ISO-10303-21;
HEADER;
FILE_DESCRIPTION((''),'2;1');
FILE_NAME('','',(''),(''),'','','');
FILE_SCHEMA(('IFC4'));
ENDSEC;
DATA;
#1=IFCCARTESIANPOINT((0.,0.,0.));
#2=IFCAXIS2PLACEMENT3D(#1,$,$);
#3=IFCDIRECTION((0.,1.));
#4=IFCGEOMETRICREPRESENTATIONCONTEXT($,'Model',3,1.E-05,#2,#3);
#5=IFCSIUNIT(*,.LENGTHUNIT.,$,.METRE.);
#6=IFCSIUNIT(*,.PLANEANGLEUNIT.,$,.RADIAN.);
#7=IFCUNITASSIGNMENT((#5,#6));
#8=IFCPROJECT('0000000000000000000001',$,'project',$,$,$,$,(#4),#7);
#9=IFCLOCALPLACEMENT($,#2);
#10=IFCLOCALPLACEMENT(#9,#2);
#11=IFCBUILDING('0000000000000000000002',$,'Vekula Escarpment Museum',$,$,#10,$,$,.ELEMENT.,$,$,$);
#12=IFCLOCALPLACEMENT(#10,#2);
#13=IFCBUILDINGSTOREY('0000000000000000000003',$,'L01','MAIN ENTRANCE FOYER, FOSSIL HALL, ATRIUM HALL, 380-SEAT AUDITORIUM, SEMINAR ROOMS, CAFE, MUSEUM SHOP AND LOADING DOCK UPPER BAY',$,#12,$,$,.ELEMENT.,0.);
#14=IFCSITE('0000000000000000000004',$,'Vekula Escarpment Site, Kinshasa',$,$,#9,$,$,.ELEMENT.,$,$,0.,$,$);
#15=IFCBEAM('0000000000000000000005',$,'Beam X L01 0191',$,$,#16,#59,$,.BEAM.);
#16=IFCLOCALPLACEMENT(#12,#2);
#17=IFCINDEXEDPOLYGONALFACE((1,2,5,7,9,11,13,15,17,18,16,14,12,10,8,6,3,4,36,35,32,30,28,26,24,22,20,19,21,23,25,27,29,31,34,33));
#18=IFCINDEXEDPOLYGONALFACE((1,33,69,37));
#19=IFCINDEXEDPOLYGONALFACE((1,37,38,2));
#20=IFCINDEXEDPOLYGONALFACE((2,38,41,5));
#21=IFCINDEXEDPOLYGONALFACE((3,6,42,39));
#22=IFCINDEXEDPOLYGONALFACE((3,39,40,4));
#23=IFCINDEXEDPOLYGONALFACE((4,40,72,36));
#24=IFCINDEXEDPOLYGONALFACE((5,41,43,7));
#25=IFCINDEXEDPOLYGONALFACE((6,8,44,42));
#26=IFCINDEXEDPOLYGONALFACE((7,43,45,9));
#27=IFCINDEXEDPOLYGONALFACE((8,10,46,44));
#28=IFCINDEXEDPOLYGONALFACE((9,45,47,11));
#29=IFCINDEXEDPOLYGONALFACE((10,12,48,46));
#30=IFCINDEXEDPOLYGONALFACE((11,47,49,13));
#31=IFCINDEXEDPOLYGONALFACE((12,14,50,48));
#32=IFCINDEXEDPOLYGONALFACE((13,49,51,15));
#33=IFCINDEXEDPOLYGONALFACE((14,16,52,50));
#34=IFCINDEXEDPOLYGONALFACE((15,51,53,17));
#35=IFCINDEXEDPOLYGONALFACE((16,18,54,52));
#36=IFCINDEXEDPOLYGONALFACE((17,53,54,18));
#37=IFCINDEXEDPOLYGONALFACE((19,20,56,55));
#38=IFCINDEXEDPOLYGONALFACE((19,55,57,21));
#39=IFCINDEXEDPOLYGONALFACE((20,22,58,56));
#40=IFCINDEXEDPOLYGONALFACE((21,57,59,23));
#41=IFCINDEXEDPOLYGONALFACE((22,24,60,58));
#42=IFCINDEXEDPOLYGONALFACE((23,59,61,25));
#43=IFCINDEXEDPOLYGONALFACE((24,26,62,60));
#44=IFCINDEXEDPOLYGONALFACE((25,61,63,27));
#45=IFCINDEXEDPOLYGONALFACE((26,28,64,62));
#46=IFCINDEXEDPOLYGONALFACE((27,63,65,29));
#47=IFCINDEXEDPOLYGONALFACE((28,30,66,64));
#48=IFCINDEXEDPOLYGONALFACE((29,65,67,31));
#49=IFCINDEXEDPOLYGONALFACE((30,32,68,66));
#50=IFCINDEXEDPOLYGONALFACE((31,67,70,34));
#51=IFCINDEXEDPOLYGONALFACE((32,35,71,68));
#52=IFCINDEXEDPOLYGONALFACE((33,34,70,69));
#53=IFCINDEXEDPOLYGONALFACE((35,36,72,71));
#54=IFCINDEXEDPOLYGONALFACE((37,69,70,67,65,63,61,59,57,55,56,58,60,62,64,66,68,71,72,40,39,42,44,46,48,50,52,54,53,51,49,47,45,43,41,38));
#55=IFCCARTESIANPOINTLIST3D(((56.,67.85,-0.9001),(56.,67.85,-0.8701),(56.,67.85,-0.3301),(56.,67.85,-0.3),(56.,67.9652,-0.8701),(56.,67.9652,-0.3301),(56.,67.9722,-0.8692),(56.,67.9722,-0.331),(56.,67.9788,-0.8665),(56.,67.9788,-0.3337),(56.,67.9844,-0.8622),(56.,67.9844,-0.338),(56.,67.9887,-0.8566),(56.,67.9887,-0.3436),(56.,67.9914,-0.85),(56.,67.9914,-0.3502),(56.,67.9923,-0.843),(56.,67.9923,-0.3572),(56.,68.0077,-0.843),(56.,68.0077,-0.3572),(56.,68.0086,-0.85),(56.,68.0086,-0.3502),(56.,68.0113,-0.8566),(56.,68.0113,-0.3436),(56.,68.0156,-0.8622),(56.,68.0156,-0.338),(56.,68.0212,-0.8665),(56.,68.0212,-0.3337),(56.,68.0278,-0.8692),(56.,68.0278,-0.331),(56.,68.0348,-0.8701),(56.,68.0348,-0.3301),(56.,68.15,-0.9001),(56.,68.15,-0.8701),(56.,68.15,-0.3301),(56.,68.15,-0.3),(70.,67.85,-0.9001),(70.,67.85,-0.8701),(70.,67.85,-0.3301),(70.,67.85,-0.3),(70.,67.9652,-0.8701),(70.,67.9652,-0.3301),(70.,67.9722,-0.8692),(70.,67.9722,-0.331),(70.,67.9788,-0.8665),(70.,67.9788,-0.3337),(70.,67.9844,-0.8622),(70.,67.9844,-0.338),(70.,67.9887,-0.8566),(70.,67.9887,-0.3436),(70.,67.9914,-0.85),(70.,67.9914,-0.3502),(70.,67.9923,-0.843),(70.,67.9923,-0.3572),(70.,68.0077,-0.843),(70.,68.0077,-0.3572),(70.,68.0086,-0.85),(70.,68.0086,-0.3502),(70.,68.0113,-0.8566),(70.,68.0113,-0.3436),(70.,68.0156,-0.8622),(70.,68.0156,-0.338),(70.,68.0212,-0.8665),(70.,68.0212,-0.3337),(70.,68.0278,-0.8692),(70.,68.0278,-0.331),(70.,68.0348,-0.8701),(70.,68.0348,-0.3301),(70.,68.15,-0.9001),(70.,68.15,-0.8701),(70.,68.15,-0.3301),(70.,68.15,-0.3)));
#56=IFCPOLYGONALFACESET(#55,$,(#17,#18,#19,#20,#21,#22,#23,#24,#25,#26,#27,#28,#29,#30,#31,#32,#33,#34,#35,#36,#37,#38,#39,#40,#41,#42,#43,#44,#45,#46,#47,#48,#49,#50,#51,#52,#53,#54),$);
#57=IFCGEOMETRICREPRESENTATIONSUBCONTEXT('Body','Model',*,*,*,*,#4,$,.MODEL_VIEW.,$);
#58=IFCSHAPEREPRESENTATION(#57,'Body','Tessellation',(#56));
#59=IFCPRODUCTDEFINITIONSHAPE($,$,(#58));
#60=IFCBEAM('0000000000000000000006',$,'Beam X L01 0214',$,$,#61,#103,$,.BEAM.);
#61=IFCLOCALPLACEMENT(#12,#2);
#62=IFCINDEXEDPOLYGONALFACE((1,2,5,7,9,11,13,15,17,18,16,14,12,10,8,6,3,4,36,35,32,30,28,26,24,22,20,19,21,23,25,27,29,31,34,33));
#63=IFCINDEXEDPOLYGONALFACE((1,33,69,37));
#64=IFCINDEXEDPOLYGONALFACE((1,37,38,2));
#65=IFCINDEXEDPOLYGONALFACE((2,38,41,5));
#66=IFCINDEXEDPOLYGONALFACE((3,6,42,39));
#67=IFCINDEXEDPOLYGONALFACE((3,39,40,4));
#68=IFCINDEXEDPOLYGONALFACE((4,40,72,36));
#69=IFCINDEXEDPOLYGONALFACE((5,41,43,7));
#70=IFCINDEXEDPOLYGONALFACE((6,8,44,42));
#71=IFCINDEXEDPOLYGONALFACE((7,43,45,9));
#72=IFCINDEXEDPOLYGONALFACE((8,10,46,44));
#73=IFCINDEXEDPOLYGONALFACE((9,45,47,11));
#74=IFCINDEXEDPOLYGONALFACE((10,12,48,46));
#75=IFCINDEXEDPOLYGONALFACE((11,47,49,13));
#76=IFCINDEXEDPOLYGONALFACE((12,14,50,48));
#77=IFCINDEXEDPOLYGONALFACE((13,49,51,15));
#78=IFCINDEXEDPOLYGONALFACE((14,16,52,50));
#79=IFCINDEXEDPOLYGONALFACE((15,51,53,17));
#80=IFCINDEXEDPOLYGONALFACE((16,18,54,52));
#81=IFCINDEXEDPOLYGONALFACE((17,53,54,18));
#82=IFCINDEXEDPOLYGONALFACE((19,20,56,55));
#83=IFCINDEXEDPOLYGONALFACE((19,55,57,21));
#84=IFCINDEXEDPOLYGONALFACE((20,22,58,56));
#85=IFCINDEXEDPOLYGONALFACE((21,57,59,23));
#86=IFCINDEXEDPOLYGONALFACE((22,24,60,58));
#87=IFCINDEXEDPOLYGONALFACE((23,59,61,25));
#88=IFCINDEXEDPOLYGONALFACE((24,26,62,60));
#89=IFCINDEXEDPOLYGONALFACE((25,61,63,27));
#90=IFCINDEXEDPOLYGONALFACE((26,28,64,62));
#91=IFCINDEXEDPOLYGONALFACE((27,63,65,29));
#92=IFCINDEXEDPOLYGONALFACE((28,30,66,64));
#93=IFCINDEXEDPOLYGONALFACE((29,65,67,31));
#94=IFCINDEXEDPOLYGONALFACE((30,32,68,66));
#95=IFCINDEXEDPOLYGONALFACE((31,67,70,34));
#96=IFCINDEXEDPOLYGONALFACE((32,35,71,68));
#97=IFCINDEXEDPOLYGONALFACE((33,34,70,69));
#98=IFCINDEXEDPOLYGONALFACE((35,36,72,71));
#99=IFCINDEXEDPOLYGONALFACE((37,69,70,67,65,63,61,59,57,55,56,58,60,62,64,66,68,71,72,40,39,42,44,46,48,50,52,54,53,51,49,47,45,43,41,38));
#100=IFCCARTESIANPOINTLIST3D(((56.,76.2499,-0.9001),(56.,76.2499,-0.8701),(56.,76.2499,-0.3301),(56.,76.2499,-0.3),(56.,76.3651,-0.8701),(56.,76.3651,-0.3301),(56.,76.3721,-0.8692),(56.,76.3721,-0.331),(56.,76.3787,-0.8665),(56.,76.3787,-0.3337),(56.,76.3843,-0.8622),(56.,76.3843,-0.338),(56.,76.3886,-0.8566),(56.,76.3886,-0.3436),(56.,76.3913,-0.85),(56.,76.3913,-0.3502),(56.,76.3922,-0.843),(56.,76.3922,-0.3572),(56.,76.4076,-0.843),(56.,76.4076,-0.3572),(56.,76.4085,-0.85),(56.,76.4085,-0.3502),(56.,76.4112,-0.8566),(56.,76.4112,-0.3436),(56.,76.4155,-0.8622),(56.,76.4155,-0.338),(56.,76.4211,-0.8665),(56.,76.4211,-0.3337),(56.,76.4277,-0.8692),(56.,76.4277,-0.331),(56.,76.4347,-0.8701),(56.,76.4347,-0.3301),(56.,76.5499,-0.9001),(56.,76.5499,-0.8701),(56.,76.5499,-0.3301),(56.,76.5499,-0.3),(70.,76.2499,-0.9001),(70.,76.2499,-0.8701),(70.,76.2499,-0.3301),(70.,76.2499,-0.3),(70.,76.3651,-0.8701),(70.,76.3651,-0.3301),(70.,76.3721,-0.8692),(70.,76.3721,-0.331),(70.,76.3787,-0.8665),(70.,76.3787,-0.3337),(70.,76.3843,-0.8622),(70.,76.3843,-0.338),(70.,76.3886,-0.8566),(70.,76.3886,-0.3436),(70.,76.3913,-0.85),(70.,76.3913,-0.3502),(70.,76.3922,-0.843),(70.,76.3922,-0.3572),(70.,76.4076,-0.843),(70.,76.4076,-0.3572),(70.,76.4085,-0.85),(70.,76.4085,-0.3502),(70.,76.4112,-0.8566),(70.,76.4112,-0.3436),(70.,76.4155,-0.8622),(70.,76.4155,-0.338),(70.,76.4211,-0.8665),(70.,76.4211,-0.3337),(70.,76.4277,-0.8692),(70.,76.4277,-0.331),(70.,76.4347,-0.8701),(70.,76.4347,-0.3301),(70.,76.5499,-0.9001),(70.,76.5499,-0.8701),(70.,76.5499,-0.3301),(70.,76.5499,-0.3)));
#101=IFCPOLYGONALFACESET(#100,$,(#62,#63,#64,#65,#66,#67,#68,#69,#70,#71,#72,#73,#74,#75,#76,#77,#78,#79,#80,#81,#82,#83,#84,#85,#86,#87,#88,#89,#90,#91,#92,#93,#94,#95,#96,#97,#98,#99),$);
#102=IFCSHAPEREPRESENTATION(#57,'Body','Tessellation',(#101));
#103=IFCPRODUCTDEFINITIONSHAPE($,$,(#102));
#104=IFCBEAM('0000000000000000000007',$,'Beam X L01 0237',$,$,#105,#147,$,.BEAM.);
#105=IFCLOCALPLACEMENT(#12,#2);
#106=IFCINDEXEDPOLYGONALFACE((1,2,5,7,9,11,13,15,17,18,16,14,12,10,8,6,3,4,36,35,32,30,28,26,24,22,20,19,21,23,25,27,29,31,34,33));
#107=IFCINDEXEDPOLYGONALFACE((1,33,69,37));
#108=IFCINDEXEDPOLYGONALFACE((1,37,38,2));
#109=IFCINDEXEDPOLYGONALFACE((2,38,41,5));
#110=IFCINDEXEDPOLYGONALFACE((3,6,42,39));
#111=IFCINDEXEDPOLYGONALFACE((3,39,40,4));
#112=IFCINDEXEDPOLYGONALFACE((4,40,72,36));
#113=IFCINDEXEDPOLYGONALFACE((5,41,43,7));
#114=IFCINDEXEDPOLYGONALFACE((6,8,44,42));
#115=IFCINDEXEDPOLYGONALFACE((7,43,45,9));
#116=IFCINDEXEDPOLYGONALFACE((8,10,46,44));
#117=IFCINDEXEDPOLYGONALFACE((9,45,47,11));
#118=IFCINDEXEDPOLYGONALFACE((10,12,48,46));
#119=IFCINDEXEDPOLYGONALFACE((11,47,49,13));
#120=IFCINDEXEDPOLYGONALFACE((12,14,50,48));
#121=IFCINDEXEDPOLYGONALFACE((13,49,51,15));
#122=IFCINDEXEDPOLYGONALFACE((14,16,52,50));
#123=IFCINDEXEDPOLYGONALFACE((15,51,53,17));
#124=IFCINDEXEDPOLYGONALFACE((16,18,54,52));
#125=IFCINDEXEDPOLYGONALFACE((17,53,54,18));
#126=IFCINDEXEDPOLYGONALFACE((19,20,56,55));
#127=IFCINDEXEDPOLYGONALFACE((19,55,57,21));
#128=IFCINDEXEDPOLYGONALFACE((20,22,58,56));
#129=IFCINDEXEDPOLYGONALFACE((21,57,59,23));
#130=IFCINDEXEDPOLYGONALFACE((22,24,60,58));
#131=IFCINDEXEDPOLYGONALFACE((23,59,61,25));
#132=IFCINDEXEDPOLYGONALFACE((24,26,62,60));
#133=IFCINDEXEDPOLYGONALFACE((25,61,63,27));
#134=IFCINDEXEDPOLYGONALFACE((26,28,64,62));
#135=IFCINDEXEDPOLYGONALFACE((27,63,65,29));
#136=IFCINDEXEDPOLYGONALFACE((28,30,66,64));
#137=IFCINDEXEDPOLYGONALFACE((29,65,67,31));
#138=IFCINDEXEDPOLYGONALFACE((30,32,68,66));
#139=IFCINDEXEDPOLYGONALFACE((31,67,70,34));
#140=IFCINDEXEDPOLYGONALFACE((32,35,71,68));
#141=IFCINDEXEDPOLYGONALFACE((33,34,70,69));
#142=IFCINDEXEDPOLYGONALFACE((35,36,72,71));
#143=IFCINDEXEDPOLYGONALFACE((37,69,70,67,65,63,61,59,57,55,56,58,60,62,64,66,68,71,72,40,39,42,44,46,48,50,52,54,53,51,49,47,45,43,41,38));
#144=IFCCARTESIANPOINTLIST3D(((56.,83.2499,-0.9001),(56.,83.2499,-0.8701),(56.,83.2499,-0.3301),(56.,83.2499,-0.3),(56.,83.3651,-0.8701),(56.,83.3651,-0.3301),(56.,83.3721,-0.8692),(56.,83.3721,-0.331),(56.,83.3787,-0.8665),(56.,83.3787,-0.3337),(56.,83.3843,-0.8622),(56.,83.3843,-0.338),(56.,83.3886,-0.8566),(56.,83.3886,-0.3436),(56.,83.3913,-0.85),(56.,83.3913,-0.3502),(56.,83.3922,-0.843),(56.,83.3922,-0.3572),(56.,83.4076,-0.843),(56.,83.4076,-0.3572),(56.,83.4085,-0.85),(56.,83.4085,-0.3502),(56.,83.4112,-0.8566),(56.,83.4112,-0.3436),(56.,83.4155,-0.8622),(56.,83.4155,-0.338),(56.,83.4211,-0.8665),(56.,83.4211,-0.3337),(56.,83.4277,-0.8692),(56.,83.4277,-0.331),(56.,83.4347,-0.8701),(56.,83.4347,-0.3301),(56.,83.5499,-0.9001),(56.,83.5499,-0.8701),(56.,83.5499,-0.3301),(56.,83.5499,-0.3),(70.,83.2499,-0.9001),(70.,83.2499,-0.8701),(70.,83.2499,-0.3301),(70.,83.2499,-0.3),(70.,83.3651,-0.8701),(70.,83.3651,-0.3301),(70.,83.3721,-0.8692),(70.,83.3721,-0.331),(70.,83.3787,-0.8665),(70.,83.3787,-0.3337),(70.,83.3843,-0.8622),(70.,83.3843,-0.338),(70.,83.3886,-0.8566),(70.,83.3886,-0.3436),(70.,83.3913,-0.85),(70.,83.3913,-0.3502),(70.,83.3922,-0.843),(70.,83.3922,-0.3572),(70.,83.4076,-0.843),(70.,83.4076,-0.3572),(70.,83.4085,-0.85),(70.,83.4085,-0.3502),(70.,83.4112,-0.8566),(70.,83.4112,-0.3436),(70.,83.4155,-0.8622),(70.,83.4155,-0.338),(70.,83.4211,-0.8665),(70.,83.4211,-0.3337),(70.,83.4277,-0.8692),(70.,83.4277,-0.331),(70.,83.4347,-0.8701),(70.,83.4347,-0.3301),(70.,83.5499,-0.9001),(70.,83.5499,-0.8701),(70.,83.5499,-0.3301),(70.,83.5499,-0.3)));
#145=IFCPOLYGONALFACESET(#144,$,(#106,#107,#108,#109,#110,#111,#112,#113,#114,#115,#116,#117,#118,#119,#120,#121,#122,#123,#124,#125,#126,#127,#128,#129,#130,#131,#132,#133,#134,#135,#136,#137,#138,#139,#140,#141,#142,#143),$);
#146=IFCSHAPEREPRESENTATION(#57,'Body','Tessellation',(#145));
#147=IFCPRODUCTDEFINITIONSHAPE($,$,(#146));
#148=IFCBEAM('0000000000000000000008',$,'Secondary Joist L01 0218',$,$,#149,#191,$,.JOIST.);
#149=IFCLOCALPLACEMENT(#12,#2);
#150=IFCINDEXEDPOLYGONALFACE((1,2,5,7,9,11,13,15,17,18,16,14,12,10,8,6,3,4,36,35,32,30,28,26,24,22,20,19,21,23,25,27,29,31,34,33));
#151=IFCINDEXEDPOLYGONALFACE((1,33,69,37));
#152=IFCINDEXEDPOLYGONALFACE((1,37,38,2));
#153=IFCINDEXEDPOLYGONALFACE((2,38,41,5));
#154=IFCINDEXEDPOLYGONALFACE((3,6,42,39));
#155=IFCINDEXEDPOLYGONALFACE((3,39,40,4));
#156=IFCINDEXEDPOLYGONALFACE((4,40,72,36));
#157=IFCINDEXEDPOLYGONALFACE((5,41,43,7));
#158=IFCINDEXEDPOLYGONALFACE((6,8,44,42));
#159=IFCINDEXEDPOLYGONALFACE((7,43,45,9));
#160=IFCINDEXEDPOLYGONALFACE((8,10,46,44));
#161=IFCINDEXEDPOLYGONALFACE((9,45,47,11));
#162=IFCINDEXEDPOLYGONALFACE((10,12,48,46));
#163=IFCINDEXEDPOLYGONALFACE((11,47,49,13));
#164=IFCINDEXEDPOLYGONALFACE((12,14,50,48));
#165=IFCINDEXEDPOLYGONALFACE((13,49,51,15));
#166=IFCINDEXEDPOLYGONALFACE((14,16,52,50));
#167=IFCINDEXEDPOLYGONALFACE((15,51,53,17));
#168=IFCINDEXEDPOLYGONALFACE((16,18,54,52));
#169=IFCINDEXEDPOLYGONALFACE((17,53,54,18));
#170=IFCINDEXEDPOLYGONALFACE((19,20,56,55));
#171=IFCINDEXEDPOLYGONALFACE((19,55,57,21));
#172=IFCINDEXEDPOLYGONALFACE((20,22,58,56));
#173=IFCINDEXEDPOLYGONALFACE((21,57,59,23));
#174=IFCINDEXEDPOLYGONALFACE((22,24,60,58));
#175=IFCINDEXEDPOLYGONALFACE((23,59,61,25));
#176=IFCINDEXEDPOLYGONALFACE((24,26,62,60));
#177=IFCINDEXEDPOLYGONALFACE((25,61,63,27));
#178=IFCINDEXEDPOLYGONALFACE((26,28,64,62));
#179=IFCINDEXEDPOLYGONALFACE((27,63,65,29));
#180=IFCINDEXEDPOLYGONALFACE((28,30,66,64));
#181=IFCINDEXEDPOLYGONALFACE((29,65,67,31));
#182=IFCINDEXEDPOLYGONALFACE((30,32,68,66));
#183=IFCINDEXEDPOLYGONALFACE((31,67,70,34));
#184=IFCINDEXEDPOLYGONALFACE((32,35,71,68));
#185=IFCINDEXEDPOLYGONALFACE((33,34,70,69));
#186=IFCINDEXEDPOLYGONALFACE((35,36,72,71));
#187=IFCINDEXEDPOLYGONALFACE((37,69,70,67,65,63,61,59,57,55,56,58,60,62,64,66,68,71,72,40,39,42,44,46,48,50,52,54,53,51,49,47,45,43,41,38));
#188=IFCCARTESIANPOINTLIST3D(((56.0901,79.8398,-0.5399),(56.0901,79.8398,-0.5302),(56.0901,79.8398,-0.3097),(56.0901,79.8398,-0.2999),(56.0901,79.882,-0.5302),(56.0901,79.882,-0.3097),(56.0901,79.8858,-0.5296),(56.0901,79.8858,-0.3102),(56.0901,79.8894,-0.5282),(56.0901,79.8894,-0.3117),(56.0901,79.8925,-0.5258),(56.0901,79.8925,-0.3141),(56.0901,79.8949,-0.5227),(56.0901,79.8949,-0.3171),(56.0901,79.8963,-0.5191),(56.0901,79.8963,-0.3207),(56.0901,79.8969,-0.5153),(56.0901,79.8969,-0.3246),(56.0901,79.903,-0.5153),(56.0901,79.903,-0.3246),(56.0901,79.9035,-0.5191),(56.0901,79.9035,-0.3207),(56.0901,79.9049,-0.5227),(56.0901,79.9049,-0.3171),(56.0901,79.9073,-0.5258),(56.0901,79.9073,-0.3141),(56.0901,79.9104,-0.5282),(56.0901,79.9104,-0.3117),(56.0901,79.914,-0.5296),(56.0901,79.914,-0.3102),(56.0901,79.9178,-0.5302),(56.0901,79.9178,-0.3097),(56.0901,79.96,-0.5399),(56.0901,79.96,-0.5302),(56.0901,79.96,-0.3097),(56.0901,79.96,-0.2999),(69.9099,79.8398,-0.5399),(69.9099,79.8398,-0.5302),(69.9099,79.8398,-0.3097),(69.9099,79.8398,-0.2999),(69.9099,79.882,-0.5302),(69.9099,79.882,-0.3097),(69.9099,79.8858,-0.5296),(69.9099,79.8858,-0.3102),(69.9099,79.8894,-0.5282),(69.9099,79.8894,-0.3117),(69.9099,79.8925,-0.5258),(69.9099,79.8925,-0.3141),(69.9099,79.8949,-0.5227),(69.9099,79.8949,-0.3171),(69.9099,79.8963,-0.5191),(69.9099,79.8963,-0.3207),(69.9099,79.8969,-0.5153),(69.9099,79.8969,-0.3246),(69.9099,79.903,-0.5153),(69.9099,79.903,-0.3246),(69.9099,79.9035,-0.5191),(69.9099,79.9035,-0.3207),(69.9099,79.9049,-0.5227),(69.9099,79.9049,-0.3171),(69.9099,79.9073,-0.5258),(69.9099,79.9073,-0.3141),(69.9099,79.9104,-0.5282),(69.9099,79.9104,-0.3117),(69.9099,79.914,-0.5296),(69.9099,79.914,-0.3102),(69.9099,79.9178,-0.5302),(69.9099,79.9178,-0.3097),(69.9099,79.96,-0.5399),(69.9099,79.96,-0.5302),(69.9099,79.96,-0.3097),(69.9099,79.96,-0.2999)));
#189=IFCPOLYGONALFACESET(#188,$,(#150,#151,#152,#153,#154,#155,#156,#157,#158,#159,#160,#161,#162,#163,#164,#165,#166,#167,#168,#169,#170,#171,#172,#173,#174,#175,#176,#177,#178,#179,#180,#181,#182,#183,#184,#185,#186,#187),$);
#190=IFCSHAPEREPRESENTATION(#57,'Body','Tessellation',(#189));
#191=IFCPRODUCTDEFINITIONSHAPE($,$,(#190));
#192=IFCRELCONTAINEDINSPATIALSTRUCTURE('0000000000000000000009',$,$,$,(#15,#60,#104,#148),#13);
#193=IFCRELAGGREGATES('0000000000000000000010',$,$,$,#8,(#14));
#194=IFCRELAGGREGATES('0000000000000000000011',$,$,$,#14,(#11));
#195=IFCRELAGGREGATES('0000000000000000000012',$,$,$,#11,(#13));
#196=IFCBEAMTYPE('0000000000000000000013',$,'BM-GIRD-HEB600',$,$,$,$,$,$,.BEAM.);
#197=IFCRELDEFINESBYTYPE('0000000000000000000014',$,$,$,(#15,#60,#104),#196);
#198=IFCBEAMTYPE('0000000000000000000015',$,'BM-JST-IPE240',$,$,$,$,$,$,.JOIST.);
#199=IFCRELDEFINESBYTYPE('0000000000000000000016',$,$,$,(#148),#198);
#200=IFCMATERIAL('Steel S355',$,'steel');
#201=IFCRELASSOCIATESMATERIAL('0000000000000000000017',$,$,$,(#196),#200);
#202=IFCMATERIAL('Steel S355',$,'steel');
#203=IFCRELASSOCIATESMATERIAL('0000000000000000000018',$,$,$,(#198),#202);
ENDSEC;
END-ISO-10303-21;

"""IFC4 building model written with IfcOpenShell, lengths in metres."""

from ifc_helpers import new_model, si_unit, direction, frame, origin, origin_2d, place, context, subcontext, project, spatial, i_section, extrude, material, material_profile, profile_set, type_object, element, save


model = new_model("IFC4")

# Units and contexts
model_context = context("Model", 3, precision=1e-05, world=origin(), true_north=direction((0.0, 1.0)))
body_context = subcontext(model_context, "Body", "Model", "MODEL_VIEW")
ifc_project = project(units=[si_unit("LENGTHUNIT", "METRE"), si_unit("PLANEANGLEUNIT", "RADIAN")], contexts=[model_context])

# Site, building, storey
site_placement = place(None, origin())
site = spatial("IfcSite", under=ifc_project, at=site_placement, Name="Vekula Escarpment Site, Kinshasa", CompositionType="ELEMENT", RefElevation=0.0)
building_placement = place(site_placement, origin())
building = spatial("IfcBuilding", under=site, at=building_placement, Name="Vekula Escarpment Museum", CompositionType="ELEMENT")
storey_placement = place(building_placement, origin())
storey = spatial("IfcBuildingStorey", under=building, at=storey_placement, Name="L01", Description="MAIN ENTRANCE FOYER, FOSSIL HALL, ATRIUM HALL, 380-SEAT AUDITORIUM, SEMINAR ROOMS, CAFE, MUSEUM SHOP AND LOADING DOCK UPPER BAY", CompositionType="ELEMENT", Elevation=0.0)

# Beams
ifc_material_1 = material(Name="Steel S355", Category="steel")
ifc_material_profile_1 = material_profile(ifc_material_1, i_section(OverallWidth=0.3, OverallDepth=0.6001, WebThickness=0.0154, FlangeThickness=0.03, FilletRadius=0.0271, at=origin_2d()), Name="HEB 600")
ifc_profile_set_1 = profile_set([ifc_material_profile_1], Name="Steel S355")
beam_type_1 = type_object("IfcBeamType", Name="BM-GIRD-HEB600", PredefinedType="BEAM", material=ifc_profile_set_1)
for number, where, z_axis, x_axis, name in (
    (1, (56.0, 68.0, -0.6001), (1.0, 0.0, 0.0), (0.0, 1.0, 0.0), "Beam X L01 0191"),
    (2, (56.0, 76.3999, -0.6001), (1.0, 0.0, 0.0), (0.0, 1.0, 0.0), "Beam X L01 0214"),
    (3, (56.0, 83.3999, -0.6001), (1.0, 0.0, 0.0), (0.0, 1.0, 0.0), "Beam X L01 0237"),
):
    element("IfcBeam", number, at=place(storey_placement, frame(where, z_axis=z_axis, x_axis=x_axis)), inside=storey, type_object=beam_type_1, Name=name, PredefinedType="BEAM", context=body_context, shape_type="SweptSolid", body=[
        extrude(i_section(OverallWidth=0.3, OverallDepth=0.6001, WebThickness=0.0154, FlangeThickness=0.03, FilletRadius=0.0271, at=origin_2d()), origin(), (0.0, 0.0, 1.0), 14.0),
    ])
ifc_material_2 = material(Name="Steel S355", Category="steel")
ifc_material_profile_2 = material_profile(ifc_material_2, i_section(OverallWidth=0.1201, OverallDepth=0.24, WebThickness=0.0061, FlangeThickness=0.0098, FilletRadius=0.0149, at=origin_2d()), Name="IPE 240")
ifc_profile_set_2 = profile_set([ifc_material_profile_2], Name="Steel S355")
beam_type_2 = type_object("IfcBeamType", Name="BM-JST-IPE240", PredefinedType="JOIST", material=ifc_profile_set_2)
beam_1_placement = place(storey_placement, frame((56.0901, 79.8999, -0.4199), z_axis=(1.0, 0.0, 0.0), x_axis=(0.0, 1.0, 0.0)))
element("IfcBeam", 4, at=beam_1_placement, inside=storey, type_object=beam_type_2, Name="Secondary Joist L01 0218", PredefinedType="JOIST", context=body_context, shape_type="SweptSolid", body=[
    extrude(i_section(OverallWidth=0.1201, OverallDepth=0.24, WebThickness=0.0061, FlangeThickness=0.0098, FilletRadius=0.0149, at=origin_2d()), origin(), (0.0, 0.0, 1.0), 13.8198),
])

save(model, "model.ifc")
